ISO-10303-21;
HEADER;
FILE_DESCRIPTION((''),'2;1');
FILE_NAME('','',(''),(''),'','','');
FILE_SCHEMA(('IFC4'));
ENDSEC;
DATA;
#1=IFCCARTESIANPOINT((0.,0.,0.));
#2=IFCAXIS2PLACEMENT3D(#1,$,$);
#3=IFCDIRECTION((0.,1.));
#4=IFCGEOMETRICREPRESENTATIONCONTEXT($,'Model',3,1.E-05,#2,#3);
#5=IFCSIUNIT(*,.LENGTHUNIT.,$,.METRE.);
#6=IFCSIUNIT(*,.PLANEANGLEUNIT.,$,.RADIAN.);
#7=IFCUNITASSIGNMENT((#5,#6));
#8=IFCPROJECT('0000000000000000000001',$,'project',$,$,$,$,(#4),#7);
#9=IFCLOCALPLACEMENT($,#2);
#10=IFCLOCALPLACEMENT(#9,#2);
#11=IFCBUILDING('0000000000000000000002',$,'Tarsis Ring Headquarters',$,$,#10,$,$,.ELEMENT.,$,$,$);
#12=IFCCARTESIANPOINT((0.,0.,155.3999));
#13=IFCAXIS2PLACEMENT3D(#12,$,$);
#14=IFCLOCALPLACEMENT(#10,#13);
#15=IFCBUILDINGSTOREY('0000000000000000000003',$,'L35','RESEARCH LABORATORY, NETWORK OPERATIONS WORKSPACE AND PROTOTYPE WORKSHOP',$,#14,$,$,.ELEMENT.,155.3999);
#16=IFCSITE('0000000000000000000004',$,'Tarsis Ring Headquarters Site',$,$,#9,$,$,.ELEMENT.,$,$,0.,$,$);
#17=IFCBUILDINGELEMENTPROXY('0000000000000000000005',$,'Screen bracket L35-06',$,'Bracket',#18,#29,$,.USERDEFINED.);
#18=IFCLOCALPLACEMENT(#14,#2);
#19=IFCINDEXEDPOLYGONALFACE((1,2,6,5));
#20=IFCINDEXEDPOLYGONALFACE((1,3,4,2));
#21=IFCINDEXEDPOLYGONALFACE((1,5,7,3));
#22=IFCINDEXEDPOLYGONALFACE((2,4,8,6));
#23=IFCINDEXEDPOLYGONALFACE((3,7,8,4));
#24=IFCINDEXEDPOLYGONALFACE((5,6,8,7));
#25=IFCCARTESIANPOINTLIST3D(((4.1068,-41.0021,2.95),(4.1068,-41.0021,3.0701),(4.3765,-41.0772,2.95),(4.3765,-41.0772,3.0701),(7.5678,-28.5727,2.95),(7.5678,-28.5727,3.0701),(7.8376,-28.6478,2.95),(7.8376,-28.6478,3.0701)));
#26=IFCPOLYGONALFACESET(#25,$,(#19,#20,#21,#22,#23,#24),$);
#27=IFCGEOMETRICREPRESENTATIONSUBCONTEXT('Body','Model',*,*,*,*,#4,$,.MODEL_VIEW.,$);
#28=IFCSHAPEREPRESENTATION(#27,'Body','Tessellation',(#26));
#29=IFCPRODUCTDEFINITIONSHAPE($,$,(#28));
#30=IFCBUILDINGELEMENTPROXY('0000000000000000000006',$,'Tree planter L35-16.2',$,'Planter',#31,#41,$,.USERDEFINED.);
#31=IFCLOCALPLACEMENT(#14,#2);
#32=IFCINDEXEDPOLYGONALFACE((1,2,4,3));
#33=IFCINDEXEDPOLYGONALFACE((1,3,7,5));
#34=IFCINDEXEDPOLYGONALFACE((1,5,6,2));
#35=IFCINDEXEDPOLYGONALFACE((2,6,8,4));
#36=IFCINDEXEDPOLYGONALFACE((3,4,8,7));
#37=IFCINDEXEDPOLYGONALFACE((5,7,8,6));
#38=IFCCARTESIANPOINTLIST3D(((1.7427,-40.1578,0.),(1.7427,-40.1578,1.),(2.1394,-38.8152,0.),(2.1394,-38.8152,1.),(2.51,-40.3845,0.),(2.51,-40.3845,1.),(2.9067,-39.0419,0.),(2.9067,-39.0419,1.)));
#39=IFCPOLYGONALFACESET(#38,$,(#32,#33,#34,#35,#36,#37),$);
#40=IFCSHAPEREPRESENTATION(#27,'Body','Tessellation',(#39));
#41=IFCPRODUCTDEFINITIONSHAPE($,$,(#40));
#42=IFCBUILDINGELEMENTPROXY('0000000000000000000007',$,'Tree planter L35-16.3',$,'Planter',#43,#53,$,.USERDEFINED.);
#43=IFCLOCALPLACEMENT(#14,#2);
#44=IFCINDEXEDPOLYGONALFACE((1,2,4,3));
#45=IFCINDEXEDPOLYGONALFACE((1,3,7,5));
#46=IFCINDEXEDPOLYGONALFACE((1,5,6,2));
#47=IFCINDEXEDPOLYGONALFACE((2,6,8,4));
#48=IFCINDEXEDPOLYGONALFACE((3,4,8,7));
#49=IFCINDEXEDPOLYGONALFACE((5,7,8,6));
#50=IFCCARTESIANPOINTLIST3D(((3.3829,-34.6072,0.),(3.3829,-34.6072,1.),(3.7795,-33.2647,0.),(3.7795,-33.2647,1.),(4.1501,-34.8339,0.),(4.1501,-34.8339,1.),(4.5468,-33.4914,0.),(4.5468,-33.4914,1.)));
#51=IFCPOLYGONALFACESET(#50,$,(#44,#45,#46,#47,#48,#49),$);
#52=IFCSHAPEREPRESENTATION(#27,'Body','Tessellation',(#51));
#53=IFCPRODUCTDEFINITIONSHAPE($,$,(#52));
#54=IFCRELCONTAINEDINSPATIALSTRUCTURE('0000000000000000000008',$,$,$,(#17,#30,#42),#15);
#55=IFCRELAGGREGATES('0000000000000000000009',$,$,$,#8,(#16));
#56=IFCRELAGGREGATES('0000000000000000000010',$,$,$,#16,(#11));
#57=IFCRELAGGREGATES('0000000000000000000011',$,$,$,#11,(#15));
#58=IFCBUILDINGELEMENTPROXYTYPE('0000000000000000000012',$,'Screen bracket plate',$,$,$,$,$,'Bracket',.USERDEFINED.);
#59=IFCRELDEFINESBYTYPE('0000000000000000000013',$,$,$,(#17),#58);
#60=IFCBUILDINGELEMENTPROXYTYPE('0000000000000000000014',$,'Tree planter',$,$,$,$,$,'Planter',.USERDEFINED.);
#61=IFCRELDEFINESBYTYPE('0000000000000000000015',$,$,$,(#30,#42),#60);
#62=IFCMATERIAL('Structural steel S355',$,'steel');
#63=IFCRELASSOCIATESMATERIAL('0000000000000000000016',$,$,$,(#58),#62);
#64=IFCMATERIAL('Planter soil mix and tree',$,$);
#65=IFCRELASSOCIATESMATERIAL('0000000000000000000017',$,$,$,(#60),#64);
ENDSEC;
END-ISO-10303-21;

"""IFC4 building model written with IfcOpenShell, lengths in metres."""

from ifc_helpers import new_model, si_unit, direction, frame, origin, origin_2d, place, context, subcontext, project, spatial, rectangle, extrude, material, type_object, element, save


model = new_model("IFC4")

# Units and contexts
model_context = context("Model", 3, precision=1e-05, world=origin(), true_north=direction((0.0, 1.0)))
body_context = subcontext(model_context, "Body", "Model", "MODEL_VIEW")
ifc_project = project(units=[si_unit("LENGTHUNIT", "METRE"), si_unit("PLANEANGLEUNIT", "RADIAN")], contexts=[model_context])

# Site, building, storey
site_placement = place(None, origin())
site = spatial("IfcSite", under=ifc_project, at=site_placement, Name="Tarsis Ring Headquarters Site", CompositionType="ELEMENT", RefElevation=0.0)
building_placement = place(site_placement, origin())
building = spatial("IfcBuilding", under=site, at=building_placement, Name="Tarsis Ring Headquarters", CompositionType="ELEMENT")
storey_placement = place(building_placement, frame((0.0, 0.0, 155.3999)))
storey = spatial("IfcBuildingStorey", under=building, at=storey_placement, Name="L35", Description="RESEARCH LABORATORY, NETWORK OPERATIONS WORKSPACE AND PROTOTYPE WORKSHOP", CompositionType="ELEMENT", Elevation=155.3999)

# Shared definitions
ifc_material_1 = material(Name="Structural steel S355", Category="steel")

# Building element proxies
building_element_proxy_type_1 = type_object("IfcBuildingElementProxyType", Name="Screen bracket plate", ElementType="Bracket", PredefinedType="USERDEFINED", material=ifc_material_1)
proxy_placement = place(storey_placement, frame((5.9722, -34.825, 2.95), z_axis=(0.0, 0.0, 1.0), x_axis=(0.268247, 0.96335, 0.0)))
element("IfcBuildingElementProxy", 1, at=proxy_placement, inside=storey, type_object=building_element_proxy_type_1, Name="Screen bracket L35-06", ObjectType="Bracket", PredefinedType="USERDEFINED", context=body_context, shape_type="SweptSolid", body=[
    extrude(rectangle(XDim=12.9023, YDim=0.28, at=origin_2d()), origin(), (0.0, 0.0, 1.0), 0.1201),
])
ifc_material_2 = material(Name="Planter soil mix and tree")
building_element_proxy_type_2 = type_object("IfcBuildingElementProxyType", Name="Tree planter", ElementType="Planter", PredefinedType="USERDEFINED", material=ifc_material_2)
for number, where, z_axis, x_axis, name in (
    (2, (2.3247, -39.5999, 0.0), (0.0, 0.0, 1.0), (0.283346, 0.959018, 0.0), "Tree planter L35-16.2"),
    (3, (3.9648, -34.0493, 0.0), (0.0, 0.0, 1.0), (0.283346, 0.959018, 0.0), "Tree planter L35-16.3"),
):
    element("IfcBuildingElementProxy", number, at=place(storey_placement, frame(where, z_axis=z_axis, x_axis=x_axis)), inside=storey, type_object=building_element_proxy_type_2, Name=name, ObjectType="Planter", PredefinedType="USERDEFINED", context=body_context, shape_type="SweptSolid", body=[
        extrude(rectangle(XDim=1.3999, YDim=0.8, at=origin_2d()), origin(), (0.0, 0.0, 1.0), 1.0),
    ])

save(model, "model.ifc")
